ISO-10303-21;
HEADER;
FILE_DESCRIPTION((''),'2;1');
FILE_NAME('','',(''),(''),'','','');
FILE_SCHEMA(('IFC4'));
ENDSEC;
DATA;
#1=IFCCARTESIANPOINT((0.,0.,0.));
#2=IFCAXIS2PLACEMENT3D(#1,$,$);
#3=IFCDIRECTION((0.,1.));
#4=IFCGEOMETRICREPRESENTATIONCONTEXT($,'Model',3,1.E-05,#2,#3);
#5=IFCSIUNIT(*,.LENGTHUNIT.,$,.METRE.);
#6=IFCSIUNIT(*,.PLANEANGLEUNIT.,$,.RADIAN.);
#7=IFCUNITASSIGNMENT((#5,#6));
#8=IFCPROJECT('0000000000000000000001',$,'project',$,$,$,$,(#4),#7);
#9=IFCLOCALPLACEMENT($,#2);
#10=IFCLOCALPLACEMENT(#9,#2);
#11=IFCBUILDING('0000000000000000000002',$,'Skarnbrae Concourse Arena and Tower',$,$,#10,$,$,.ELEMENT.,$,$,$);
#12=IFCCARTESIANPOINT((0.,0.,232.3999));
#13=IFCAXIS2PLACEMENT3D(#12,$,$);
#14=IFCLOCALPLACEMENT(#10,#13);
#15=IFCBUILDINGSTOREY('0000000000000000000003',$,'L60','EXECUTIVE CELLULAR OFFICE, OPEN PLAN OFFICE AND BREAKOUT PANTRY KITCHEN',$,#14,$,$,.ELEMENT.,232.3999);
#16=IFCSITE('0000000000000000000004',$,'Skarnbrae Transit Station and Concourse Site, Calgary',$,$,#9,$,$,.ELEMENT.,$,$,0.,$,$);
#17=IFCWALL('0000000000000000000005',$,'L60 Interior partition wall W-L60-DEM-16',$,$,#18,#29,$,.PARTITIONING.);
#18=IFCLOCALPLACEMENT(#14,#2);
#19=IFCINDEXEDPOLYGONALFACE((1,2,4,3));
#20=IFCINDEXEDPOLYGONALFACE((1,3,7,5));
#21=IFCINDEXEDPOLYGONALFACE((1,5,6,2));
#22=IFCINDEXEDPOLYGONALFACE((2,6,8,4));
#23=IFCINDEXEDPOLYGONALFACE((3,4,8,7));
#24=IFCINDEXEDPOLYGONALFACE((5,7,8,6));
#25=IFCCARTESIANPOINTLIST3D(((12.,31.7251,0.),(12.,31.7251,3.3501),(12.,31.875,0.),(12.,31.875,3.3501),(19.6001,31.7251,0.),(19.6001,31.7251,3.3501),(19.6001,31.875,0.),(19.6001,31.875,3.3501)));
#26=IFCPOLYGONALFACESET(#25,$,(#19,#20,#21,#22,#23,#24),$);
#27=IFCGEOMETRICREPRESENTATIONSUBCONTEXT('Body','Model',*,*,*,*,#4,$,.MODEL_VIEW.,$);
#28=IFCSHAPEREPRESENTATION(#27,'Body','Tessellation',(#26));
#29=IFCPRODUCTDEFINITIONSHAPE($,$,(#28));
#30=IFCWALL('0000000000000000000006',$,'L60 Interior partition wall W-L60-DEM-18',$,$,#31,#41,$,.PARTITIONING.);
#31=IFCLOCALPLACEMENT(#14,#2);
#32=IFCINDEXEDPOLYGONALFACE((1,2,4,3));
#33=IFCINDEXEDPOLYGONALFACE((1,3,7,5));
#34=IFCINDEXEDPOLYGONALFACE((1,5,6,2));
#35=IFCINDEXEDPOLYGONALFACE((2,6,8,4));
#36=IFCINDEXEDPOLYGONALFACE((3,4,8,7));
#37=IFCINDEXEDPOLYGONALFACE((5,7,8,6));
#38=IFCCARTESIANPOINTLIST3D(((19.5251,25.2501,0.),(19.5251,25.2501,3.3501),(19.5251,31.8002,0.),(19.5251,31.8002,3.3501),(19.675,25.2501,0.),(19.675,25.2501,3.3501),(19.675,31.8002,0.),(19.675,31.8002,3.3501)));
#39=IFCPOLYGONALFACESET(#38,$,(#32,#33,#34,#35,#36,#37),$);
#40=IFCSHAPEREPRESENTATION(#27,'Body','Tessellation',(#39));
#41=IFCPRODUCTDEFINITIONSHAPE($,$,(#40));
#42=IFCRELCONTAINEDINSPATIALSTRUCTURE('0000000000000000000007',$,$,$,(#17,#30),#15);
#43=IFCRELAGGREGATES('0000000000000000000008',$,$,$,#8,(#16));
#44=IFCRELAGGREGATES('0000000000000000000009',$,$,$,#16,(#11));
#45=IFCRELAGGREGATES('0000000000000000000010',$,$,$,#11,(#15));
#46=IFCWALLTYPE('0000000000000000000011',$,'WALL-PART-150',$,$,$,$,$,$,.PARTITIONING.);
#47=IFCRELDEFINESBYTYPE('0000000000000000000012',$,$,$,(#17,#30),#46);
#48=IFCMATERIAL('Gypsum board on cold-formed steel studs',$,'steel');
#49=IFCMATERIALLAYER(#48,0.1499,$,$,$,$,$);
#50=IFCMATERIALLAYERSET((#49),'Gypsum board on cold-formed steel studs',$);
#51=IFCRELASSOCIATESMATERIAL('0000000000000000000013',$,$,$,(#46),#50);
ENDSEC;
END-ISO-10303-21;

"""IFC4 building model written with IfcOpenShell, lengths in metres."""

from ifc_helpers import new_model, si_unit, direction, frame, frame_2d, origin, place, context, subcontext, project, spatial, rectangle, extrude, source, transform, mapped, material, layer, layer_set, type_object, element, save


model = new_model("IFC4")

# Units and contexts
model_context = context("Model", 3, precision=1e-05, world=origin(), true_north=direction((0.0, 1.0)))
body_context = subcontext(model_context, "Body", "Model", "MODEL_VIEW")
ifc_project = project(units=[si_unit("LENGTHUNIT", "METRE"), si_unit("PLANEANGLEUNIT", "RADIAN")], contexts=[model_context])

# Site, building, storey
site_placement = place(None, origin())
site = spatial("IfcSite", under=ifc_project, at=site_placement, Name="Skarnbrae Transit Station and Concourse Site, Calgary", CompositionType="ELEMENT", RefElevation=0.0)
building_placement = place(site_placement, origin())
building = spatial("IfcBuilding", under=site, at=building_placement, Name="Skarnbrae Concourse Arena and Tower", CompositionType="ELEMENT")
storey_placement = place(building_placement, frame((0.0, 0.0, 232.3999)))
storey = spatial("IfcBuildingStorey", under=building, at=storey_placement, Name="L60", Description="EXECUTIVE CELLULAR OFFICE, OPEN PLAN OFFICE AND BREAKOUT PANTRY KITCHEN", CompositionType="ELEMENT", Elevation=232.3999)

# Shared definitions
ifc_material_1 = material(Name="Gypsum board on cold-formed steel studs", Category="steel")
ifc_layer_1 = layer(ifc_material_1, 0.1499)
ifc_layer_set_1 = layer_set([ifc_layer_1], Name="Gypsum board on cold-formed steel studs")
wall_type_1 = type_object("IfcWallType", Name="WALL-PART-150", PredefinedType="PARTITIONING", material=ifc_layer_set_1)

# Walls
shared_shape_1 = source(origin(), body_context, "Body", "SweptSolid", [
    extrude(rectangle(XDim=7.6001, YDim=0.1499, at=frame_2d((3.8, 0.0))), origin(), (0.0, 0.0, 1.0), 3.3501),
])
wall_1_placement = place(storey_placement, frame((19.6001, 31.8, 0.0), z_axis=(0.0, 0.0, 1.0), x_axis=(-1.0, 0.0, 0.0)))
element("IfcWall", 1, at=wall_1_placement, inside=storey, type_object=wall_type_1, Name="L60 Interior partition wall W-L60-DEM-16", PredefinedType="PARTITIONING", context=body_context, shape_type="MappedRepresentation", body=[
    mapped(shared_shape_1, transform((0.0, 0.0, 0.0))),
])
shared_shape_2 = source(origin(), body_context, "Body", "SweptSolid", [
    extrude(rectangle(XDim=6.55, YDim=0.1499, at=frame_2d((3.2749, 0.0))), origin(), (0.0, 0.0, 1.0), 3.3501),
])
wall_2_placement = place(storey_placement, frame((19.6001, 31.8, 0.0), z_axis=(0.0, 0.0, 1.0), x_axis=(0.0, -1.0, 0.0)))
element("IfcWall", 2, at=wall_2_placement, inside=storey, type_object=wall_type_1, Name="L60 Interior partition wall W-L60-DEM-18", PredefinedType="PARTITIONING", context=body_context, shape_type="MappedRepresentation", body=[
    mapped(shared_shape_2, transform((0.0, 0.0, 0.0))),
])

save(model, "model.ifc")
